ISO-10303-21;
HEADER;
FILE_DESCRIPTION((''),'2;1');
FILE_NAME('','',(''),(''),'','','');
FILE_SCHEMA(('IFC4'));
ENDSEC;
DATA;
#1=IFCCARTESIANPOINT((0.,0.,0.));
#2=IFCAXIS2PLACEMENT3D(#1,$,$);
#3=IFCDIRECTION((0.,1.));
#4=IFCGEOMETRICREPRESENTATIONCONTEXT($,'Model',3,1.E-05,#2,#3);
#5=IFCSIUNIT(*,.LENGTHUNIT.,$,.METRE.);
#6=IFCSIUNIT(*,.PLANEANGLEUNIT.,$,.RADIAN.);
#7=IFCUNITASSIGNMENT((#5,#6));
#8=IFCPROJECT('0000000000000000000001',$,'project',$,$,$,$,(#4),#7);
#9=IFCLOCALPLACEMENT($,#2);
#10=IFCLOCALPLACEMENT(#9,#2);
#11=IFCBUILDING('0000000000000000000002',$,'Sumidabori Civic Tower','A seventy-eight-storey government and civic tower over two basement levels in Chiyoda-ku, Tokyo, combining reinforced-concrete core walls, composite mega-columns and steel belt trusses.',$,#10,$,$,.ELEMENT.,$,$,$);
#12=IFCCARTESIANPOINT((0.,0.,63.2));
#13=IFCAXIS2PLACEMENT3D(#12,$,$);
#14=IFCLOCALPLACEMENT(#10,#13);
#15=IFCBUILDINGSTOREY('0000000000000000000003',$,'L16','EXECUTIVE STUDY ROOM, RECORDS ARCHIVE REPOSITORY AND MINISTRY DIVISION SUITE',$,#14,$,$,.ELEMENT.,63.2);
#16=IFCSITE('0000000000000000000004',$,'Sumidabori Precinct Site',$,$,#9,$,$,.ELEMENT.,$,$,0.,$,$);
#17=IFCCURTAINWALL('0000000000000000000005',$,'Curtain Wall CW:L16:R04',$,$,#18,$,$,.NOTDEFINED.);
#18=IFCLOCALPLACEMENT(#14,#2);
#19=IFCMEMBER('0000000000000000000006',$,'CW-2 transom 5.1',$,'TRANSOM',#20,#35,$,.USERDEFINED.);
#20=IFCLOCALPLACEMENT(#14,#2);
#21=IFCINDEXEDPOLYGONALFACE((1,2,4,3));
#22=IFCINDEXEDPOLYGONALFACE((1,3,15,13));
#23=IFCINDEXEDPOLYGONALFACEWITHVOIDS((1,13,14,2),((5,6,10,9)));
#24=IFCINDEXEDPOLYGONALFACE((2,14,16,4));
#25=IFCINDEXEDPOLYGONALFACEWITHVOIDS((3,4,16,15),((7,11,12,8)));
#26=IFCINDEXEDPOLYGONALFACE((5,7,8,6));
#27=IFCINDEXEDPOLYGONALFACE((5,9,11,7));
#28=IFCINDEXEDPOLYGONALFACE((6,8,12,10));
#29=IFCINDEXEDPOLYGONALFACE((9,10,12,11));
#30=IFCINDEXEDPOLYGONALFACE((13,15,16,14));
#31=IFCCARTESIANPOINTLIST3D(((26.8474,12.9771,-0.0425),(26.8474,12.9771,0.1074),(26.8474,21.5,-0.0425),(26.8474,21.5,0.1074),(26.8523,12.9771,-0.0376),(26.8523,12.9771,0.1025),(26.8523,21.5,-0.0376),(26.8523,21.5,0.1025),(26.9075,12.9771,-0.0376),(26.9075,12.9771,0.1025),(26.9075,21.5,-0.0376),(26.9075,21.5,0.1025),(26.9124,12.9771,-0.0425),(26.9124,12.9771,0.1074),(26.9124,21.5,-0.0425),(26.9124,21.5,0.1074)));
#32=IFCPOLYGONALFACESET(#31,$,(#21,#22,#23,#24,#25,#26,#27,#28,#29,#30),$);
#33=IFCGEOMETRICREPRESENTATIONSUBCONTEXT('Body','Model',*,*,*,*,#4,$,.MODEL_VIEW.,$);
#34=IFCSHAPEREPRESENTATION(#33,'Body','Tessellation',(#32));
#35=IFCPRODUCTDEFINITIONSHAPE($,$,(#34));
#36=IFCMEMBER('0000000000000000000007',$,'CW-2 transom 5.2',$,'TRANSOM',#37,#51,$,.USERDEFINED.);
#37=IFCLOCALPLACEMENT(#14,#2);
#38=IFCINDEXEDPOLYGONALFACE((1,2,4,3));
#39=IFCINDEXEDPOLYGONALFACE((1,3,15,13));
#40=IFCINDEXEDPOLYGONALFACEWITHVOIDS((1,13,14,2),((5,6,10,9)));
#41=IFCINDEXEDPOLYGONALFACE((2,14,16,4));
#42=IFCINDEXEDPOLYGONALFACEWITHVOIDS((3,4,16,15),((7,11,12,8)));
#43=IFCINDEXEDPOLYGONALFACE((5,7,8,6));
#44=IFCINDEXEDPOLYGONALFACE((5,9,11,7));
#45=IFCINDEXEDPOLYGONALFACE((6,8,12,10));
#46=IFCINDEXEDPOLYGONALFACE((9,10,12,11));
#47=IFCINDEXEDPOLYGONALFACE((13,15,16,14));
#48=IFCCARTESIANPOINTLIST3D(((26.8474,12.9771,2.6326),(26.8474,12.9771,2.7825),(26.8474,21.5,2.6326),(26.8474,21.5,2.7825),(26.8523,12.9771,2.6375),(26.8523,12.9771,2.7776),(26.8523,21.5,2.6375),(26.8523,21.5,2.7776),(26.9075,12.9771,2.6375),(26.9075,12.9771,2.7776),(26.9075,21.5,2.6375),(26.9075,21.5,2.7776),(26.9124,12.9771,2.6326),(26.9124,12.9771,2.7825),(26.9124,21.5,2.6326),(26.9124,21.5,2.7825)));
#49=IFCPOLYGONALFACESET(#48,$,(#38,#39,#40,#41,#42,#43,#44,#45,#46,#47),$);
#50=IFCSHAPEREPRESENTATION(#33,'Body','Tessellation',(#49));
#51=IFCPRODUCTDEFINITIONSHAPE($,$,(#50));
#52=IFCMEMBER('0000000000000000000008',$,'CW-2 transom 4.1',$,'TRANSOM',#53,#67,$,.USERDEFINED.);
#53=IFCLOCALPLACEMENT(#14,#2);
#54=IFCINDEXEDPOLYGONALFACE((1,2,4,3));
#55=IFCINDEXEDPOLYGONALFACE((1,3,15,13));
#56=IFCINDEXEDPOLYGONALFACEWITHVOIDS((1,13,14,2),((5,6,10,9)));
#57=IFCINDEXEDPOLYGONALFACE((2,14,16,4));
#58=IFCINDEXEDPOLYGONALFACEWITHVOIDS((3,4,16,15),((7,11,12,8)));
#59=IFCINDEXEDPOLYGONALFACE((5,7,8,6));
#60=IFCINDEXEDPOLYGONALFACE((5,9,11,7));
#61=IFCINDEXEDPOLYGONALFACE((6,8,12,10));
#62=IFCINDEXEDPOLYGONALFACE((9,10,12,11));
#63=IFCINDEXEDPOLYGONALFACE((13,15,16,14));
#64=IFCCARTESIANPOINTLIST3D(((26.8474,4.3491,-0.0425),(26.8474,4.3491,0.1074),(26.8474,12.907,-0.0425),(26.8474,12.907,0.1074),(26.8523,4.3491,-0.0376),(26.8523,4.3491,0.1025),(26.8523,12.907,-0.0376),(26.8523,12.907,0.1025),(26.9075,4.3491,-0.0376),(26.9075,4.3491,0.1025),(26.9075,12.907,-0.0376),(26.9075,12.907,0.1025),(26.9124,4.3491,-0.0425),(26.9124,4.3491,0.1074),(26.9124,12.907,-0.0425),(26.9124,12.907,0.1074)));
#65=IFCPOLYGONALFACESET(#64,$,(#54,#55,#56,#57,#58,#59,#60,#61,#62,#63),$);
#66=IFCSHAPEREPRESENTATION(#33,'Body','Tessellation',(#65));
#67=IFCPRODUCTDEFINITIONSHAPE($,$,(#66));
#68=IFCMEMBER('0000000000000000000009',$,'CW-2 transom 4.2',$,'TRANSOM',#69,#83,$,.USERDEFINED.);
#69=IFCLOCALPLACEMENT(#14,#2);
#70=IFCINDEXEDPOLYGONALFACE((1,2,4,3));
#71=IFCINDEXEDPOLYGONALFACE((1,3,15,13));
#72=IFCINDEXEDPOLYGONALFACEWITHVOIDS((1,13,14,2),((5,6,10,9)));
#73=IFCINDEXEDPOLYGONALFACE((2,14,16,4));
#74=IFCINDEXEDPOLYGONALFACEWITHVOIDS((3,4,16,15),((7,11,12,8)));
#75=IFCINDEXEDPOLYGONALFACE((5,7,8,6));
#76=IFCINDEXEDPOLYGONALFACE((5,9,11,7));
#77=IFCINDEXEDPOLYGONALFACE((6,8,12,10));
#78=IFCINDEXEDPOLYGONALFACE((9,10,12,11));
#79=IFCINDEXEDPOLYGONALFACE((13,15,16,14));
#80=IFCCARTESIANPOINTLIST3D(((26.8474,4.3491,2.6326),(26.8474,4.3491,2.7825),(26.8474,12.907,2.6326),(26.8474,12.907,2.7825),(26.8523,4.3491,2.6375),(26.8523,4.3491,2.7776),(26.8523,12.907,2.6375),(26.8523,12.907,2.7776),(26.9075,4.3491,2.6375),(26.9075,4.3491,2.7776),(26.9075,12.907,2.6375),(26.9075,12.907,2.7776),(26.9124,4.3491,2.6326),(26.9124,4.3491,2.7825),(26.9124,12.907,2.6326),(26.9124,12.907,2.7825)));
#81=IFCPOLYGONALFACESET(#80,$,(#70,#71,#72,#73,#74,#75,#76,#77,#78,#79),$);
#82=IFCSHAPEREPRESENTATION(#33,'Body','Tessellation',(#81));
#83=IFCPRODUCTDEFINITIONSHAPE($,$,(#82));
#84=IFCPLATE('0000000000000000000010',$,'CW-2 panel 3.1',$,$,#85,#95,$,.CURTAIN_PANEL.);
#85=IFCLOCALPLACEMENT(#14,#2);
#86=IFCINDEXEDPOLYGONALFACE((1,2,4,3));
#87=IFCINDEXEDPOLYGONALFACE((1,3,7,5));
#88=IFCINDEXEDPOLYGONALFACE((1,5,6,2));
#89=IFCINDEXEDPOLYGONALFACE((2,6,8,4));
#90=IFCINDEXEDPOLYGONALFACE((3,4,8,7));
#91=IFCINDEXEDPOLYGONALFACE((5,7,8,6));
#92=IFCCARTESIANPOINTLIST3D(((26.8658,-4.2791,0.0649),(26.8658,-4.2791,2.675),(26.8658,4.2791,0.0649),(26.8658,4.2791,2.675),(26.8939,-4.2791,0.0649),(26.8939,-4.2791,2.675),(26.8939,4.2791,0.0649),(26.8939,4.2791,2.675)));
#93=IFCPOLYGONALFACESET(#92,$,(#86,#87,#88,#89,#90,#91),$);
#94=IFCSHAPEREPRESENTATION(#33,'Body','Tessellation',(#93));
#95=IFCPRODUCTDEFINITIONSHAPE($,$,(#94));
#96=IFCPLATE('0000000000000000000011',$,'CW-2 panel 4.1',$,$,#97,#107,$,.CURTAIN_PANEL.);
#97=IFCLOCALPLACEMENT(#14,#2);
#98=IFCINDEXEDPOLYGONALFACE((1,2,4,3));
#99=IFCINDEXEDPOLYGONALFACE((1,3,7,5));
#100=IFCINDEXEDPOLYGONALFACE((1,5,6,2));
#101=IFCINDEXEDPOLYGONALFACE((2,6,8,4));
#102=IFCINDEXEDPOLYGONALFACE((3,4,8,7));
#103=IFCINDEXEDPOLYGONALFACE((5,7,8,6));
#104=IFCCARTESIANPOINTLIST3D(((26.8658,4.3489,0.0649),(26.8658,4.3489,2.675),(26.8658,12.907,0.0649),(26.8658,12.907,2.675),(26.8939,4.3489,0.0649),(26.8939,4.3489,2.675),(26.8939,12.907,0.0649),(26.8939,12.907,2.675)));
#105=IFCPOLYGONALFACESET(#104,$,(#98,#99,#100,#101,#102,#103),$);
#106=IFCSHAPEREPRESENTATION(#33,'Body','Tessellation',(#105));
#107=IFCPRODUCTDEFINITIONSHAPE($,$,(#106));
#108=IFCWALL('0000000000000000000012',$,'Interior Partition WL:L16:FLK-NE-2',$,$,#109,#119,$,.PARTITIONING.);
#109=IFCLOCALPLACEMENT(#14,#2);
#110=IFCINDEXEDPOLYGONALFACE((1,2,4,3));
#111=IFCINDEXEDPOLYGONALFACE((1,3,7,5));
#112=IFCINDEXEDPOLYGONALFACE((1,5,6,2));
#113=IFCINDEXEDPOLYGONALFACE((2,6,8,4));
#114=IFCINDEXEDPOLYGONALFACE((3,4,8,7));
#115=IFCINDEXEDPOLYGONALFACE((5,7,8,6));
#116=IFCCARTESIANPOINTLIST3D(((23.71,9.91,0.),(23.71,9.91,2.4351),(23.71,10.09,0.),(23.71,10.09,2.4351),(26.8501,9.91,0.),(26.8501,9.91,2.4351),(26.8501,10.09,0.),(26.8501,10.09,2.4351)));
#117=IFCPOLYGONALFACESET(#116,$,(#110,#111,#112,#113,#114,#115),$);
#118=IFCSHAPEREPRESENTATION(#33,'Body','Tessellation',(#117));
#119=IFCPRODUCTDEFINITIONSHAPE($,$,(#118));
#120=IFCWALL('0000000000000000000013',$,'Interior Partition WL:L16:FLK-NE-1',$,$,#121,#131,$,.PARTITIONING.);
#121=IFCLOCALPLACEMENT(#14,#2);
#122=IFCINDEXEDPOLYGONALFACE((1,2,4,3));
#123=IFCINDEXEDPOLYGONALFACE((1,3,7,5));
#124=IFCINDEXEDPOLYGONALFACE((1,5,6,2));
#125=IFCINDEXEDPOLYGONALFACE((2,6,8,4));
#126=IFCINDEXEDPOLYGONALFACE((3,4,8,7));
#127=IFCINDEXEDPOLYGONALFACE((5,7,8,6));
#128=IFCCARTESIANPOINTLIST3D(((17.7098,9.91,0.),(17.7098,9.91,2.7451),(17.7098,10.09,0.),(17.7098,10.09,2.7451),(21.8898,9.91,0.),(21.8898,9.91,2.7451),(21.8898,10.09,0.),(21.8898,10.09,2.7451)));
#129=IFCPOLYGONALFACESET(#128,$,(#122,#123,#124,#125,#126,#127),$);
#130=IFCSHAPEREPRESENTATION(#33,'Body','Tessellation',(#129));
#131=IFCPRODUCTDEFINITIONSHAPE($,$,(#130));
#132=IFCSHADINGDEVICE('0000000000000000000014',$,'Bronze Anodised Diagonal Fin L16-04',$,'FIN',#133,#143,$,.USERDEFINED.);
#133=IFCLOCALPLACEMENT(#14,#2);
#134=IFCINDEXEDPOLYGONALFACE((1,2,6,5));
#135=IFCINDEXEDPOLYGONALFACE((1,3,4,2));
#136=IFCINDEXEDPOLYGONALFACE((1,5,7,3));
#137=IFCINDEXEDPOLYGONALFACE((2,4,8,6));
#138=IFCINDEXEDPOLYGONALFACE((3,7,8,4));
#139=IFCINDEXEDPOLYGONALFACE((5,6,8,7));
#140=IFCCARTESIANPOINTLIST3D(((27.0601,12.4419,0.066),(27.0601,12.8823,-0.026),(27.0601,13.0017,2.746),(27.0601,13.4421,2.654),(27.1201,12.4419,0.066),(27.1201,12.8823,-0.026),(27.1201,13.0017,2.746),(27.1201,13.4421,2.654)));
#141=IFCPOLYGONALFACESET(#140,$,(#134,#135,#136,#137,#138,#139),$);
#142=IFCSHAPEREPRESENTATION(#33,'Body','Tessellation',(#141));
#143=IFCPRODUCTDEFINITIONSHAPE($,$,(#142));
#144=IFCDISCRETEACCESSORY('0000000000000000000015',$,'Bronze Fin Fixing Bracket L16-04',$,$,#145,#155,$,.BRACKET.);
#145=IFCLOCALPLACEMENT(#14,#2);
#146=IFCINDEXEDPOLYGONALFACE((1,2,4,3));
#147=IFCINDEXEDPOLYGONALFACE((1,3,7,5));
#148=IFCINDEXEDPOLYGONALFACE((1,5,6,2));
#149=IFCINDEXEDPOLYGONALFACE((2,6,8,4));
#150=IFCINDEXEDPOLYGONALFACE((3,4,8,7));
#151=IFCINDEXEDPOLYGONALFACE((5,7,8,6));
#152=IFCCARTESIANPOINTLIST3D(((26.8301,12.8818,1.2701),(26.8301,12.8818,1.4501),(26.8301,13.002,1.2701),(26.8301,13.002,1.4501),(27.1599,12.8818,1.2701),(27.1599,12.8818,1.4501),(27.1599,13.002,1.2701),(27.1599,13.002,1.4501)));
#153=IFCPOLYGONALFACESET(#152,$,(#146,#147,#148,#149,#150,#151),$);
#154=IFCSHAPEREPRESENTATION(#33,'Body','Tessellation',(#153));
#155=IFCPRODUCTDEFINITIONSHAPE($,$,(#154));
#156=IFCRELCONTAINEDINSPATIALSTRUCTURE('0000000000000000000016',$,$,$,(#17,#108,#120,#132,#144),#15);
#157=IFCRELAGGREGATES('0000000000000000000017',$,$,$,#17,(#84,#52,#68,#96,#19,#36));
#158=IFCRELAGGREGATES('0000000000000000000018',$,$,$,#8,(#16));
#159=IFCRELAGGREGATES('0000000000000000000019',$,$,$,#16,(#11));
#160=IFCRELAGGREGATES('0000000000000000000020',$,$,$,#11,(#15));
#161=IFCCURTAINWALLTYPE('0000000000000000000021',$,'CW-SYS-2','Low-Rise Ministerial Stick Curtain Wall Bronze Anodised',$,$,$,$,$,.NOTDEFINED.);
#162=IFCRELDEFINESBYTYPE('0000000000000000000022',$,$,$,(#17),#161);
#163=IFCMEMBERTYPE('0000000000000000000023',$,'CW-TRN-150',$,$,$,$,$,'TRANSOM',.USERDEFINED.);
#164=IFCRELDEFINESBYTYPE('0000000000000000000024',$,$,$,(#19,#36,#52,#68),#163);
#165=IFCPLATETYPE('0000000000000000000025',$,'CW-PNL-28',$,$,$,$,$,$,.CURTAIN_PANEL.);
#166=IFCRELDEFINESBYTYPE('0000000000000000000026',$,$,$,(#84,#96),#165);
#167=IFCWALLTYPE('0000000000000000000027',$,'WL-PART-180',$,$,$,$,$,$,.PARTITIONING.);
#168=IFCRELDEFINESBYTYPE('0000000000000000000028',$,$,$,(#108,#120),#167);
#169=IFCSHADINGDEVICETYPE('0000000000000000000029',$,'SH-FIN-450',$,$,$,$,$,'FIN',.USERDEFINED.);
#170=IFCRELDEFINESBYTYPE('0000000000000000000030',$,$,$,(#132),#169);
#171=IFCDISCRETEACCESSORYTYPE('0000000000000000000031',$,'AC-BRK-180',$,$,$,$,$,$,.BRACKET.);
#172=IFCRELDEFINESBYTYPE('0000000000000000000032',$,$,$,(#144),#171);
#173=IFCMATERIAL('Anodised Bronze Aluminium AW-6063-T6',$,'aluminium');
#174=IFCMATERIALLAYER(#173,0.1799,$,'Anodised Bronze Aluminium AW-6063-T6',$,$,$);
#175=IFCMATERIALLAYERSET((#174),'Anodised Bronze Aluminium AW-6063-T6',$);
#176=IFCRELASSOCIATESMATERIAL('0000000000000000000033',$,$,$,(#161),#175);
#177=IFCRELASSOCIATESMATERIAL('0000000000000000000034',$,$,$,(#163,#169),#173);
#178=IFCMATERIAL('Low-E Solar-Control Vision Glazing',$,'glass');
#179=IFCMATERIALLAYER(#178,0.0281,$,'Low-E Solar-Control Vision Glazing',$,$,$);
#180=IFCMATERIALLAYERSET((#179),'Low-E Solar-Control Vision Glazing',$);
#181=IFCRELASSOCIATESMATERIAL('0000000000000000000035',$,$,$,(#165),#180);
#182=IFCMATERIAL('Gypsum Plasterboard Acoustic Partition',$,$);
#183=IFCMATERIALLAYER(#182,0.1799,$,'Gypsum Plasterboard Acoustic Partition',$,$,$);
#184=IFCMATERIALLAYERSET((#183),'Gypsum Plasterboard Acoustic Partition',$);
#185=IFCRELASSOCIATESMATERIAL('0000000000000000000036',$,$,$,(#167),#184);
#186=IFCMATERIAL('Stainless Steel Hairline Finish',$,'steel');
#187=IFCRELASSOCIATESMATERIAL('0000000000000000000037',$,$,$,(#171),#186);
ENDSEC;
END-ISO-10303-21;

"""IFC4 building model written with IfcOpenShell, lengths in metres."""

from ifc_helpers import new_model, si_unit, direction, frame, frame_2d, origin, origin_2d, place, context, subcontext, project, spatial, rectangle, hollow_rectangle, extrude, source, transform, mapped, material, layer, layer_set, material_profile, profile_set, type_object, element, aggregate, save


model = new_model("IFC4")

# Units and contexts
model_context = context("Model", 3, precision=1e-05, world=origin(), true_north=direction((0.0, 1.0)))
body_context = subcontext(model_context, "Body", "Model", "MODEL_VIEW")
ifc_project = project(units=[si_unit("LENGTHUNIT", "METRE"), si_unit("PLANEANGLEUNIT", "RADIAN")], contexts=[model_context])

# Site, building, storey
site_placement = place(None, origin())
site = spatial("IfcSite", under=ifc_project, at=site_placement, Name="Sumidabori Precinct Site", CompositionType="ELEMENT", RefElevation=0.0)
building_placement = place(site_placement, origin())
building = spatial("IfcBuilding", under=site, at=building_placement, Name="Sumidabori Civic Tower", Description="A seventy-eight-storey government and civic tower over two basement levels in Chiyoda-ku, Tokyo, combining reinforced-concrete core walls, composite mega-columns and steel belt trusses.", CompositionType="ELEMENT")
storey_placement = place(building_placement, frame((0.0, 0.0, 63.2)))
storey = spatial("IfcBuildingStorey", under=building, at=storey_placement, Name="L16", Description="EXECUTIVE STUDY ROOM, RECORDS ARCHIVE REPOSITORY AND MINISTRY DIVISION SUITE", CompositionType="ELEMENT", Elevation=63.2)

# Curtain wall, members, plates
ifc_material_1 = material(Name="Anodised Bronze Aluminium AW-6063-T6", Category="aluminium")
ifc_layer_1 = layer(ifc_material_1, 0.1799, Name="Anodised Bronze Aluminium AW-6063-T6")
ifc_layer_set_1 = layer_set([ifc_layer_1], Name="Anodised Bronze Aluminium AW-6063-T6")
curtain_wall_type = type_object("IfcCurtainWallType", Name="CW-SYS-2", Description="Low-Rise Ministerial Stick Curtain Wall Bronze Anodised", PredefinedType="NOTDEFINED", material=ifc_layer_set_1)
curtain_wall_placement = place(storey_placement, origin())
curtain_wall = element("IfcCurtainWall", 1, at=curtain_wall_placement, inside=storey, type_object=curtain_wall_type, Name="Curtain Wall CW:L16:R04", PredefinedType="NOTDEFINED")
ifc_material_profile_1 = material_profile(ifc_material_1, hollow_rectangle(XDim=0.0649, YDim=0.1499, WallThickness=0.0049, at=origin_2d()), Name="ALU TRANSOM 150x65")
ifc_profile_set_1 = profile_set([ifc_material_profile_1], Name="Anodised Bronze Aluminium AW-6063-T6")
member_type_1 = type_object("IfcMemberType", Name="CW-TRN-150", ElementType="TRANSOM", PredefinedType="USERDEFINED", material=ifc_profile_set_1)
shared_shape_1 = source(origin(), body_context, "Body", "SweptSolid", [
    extrude(hollow_rectangle(XDim=0.0649, YDim=0.1499, WallThickness=0.0049, at=origin_2d()), origin(), (0.0, 0.0, 1.0), 8.5229),
])
member_1_placement = place(storey_placement, frame((26.8799, 12.9771, 0.0325), z_axis=(0.0, 1.0, 0.0), x_axis=(-1.0, 0.0, 0.0)))
member_1 = element("IfcMember", 2, at=member_1_placement, type_object=member_type_1, Name="CW-2 transom 5.1", ObjectType="TRANSOM", PredefinedType="USERDEFINED", context=body_context, shape_type="MappedRepresentation", body=[
    mapped(shared_shape_1, transform((0.0, 0.0, 0.0), x_axis=(1.0, 0.0, 0.0), y_axis=(0.0, 1.0, 0.0), z_axis=(0.0, 0.0, 1.0), scale=1.0)),
])
member_2_placement = place(storey_placement, frame((26.8799, 12.9771, 2.7075), z_axis=(0.0, 1.0, 0.0), x_axis=(-1.0, 0.0, 0.0)))
member_2 = element("IfcMember", 3, at=member_2_placement, type_object=member_type_1, Name="CW-2 transom 5.2", ObjectType="TRANSOM", PredefinedType="USERDEFINED", context=body_context, shape_type="MappedRepresentation", body=[
    mapped(shared_shape_1, transform((0.0, 0.0, 0.0), x_axis=(1.0, 0.0, 0.0), y_axis=(0.0, 1.0, 0.0), z_axis=(0.0, 0.0, 1.0), scale=1.0)),
])
shared_shape_2 = source(origin(), body_context, "Body", "SweptSolid", [
    extrude(hollow_rectangle(XDim=0.0649, YDim=0.1499, WallThickness=0.0049, at=origin_2d()), origin(), (0.0, 0.0, 1.0), 8.5579),
])
member_3_placement = place(storey_placement, frame((26.8799, 4.3491, 0.0325), z_axis=(0.0, 1.0, 0.0), x_axis=(-1.0, 0.0, 0.0)))
member_3 = element("IfcMember", 4, at=member_3_placement, type_object=member_type_1, Name="CW-2 transom 4.1", ObjectType="TRANSOM", PredefinedType="USERDEFINED", context=body_context, shape_type="MappedRepresentation", body=[
    mapped(shared_shape_2, transform((0.0, 0.0, 0.0), x_axis=(1.0, 0.0, 0.0), y_axis=(0.0, 1.0, 0.0), z_axis=(0.0, 0.0, 1.0), scale=1.0)),
])
member_4_placement = place(storey_placement, frame((26.8799, 4.3491, 2.7075), z_axis=(0.0, 1.0, 0.0), x_axis=(-1.0, 0.0, 0.0)))
member_4 = element("IfcMember", 5, at=member_4_placement, type_object=member_type_1, Name="CW-2 transom 4.2", ObjectType="TRANSOM", PredefinedType="USERDEFINED", context=body_context, shape_type="MappedRepresentation", body=[
    mapped(shared_shape_2, transform((0.0, 0.0, 0.0), x_axis=(1.0, 0.0, 0.0), y_axis=(0.0, 1.0, 0.0), z_axis=(0.0, 0.0, 1.0), scale=1.0)),
])
ifc_material_2 = material(Name="Low-E Solar-Control Vision Glazing", Category="glass")
ifc_layer_2 = layer(ifc_material_2, 0.0281, Name="Low-E Solar-Control Vision Glazing")
ifc_layer_set_2 = layer_set([ifc_layer_2], Name="Low-E Solar-Control Vision Glazing")
plate_type = type_object("IfcPlateType", Name="CW-PNL-28", PredefinedType="CURTAIN_PANEL", material=ifc_layer_set_2)
shared_shape_3 = source(origin(), body_context, "Body", "SweptSolid", [
    extrude(rectangle(XDim=8.5581, YDim=0.0281, at=origin_2d()), origin(), (0.0, 0.0, 1.0), 2.6101),
])
plate_1_placement = place(storey_placement, frame((26.8799, 0.0, 0.0649), z_axis=(0.0, 0.0, 1.0), x_axis=(0.0, 1.0, 0.0)))
plate_1 = element("IfcPlate", 6, at=plate_1_placement, type_object=plate_type, Name="CW-2 panel 3.1", PredefinedType="CURTAIN_PANEL", context=body_context, shape_type="MappedRepresentation", body=[
    mapped(shared_shape_3, transform((0.0, 0.0, 0.0), x_axis=(1.0, 0.0, 0.0), y_axis=(0.0, 1.0, 0.0), z_axis=(0.0, 0.0, 1.0), scale=1.0)),
])
plate_2_placement = place(storey_placement, frame((26.8799, 8.6279, 0.0649), z_axis=(0.0, 0.0, 1.0), x_axis=(0.0, 1.0, 0.0)))
plate_2 = element("IfcPlate", 7, at=plate_2_placement, type_object=plate_type, Name="CW-2 panel 4.1", PredefinedType="CURTAIN_PANEL", context=body_context, shape_type="MappedRepresentation", body=[
    mapped(shared_shape_3, transform((0.0, 0.0, 0.0), x_axis=(1.0, 0.0, 0.0), y_axis=(0.0, 1.0, 0.0), z_axis=(0.0, 0.0, 1.0), scale=1.0)),
])
aggregate(curtain_wall, [plate_1, member_3, member_4, plate_2, member_1, member_2])

# Walls
ifc_material_3 = material(Name="Gypsum Plasterboard Acoustic Partition")
ifc_layer_3 = layer(ifc_material_3, 0.1799, Name="Gypsum Plasterboard Acoustic Partition")
ifc_layer_set_3 = layer_set([ifc_layer_3], Name="Gypsum Plasterboard Acoustic Partition")
wall_type = type_object("IfcWallType", Name="WL-PART-180", PredefinedType="PARTITIONING", material=ifc_layer_set_3)
shared_shape_4 = source(origin(), body_context, "Body", "SweptSolid", [
    extrude(rectangle(XDim=3.1401, YDim=0.1799, at=frame_2d((1.5701, 0.0))), origin(), (0.0, 0.0, 1.0), 2.4351),
])
wall_1_placement = place(storey_placement, frame((23.71, 10.0, 0.0), z_axis=(0.0, 0.0, 1.0), x_axis=(1.0, 0.0, 0.0)))
element("IfcWall", 8, at=wall_1_placement, inside=storey, type_object=wall_type, Name="Interior Partition WL:L16:FLK-NE-2", PredefinedType="PARTITIONING", context=body_context, shape_type="MappedRepresentation", body=[
    mapped(shared_shape_4, transform((0.0, 0.0, 0.0), x_axis=(1.0, 0.0, 0.0), y_axis=(0.0, 1.0, 0.0), z_axis=(0.0, 0.0, 1.0), scale=1.0)),
])
shared_shape_5 = source(origin(), body_context, "Body", "SweptSolid", [
    extrude(rectangle(XDim=4.1799, YDim=0.1799, at=frame_2d((2.0898, 0.0))), origin(), (0.0, 0.0, 1.0), 2.7451),
])
wall_2_placement = place(storey_placement, frame((17.71, 10.0, 0.0), z_axis=(0.0, 0.0, 1.0), x_axis=(1.0, 0.0, 0.0)))
element("IfcWall", 9, at=wall_2_placement, inside=storey, type_object=wall_type, Name="Interior Partition WL:L16:FLK-NE-1", PredefinedType="PARTITIONING", context=body_context, shape_type="MappedRepresentation", body=[
    mapped(shared_shape_5, transform((0.0, 0.0, 0.0), x_axis=(1.0, 0.0, 0.0), y_axis=(0.0, 1.0, 0.0), z_axis=(0.0, 0.0, 1.0), scale=1.0)),
])

# Shading device
ifc_material_profile_2 = material_profile(ifc_material_1, rectangle(XDim=0.0601, YDim=0.45, at=origin_2d()), Name="BRONZE FIN 450x60")
ifc_profile_set_2 = profile_set([ifc_material_profile_2], Name="Anodised Bronze Aluminium AW-6063-T6")
shading_device_type = type_object("IfcShadingDeviceType", Name="SH-FIN-450", ElementType="FIN", PredefinedType="USERDEFINED", material=ifc_profile_set_2)
shared_shape_6 = source(origin(), body_context, "Body", "SweptSolid", [
    extrude(rectangle(XDim=0.0601, YDim=0.45, at=origin_2d()), origin(), (0.0, 0.0, 1.0), 2.7378),
])
shading_device_placement = place(storey_placement, frame((27.0901, 12.6621, 0.02), z_axis=(0.0, 0.204478, 0.978871), x_axis=(-1.0, 0.0, 0.0)))
element("IfcShadingDevice", 10, at=shading_device_placement, inside=storey, type_object=shading_device_type, Name="Bronze Anodised Diagonal Fin L16-04", ObjectType="FIN", PredefinedType="USERDEFINED", context=body_context, shape_type="MappedRepresentation", body=[
    mapped(shared_shape_6, transform((0.0, 0.0, 0.0), x_axis=(1.0, 0.0, 0.0), y_axis=(0.0, 1.0, 0.0), z_axis=(0.0, 0.0, 1.0), scale=1.0)),
])

# Discrete accessory
ifc_material_4 = material(Name="Stainless Steel Hairline Finish", Category="steel")
ifc_material_profile_3 = material_profile(ifc_material_4, rectangle(XDim=0.1201, YDim=0.1799, at=origin_2d()), Name="STEEL BRACKET 180x120")
ifc_profile_set_3 = profile_set([ifc_material_profile_3], Name="Stainless Steel Hairline Finish")
discrete_accessory_type = type_object("IfcDiscreteAccessoryType", Name="AC-BRK-180", PredefinedType="BRACKET", material=ifc_profile_set_3)
shared_shape_7 = source(origin(), body_context, "Body", "SweptSolid", [
    extrude(rectangle(XDim=0.1201, YDim=0.1799, at=origin_2d()), origin(), (0.0, 0.0, 1.0), 0.3298),
])
discrete_accessory_placement = place(storey_placement, frame((26.8301, 12.9419, 1.3601), z_axis=(1.0, 0.0, 0.0), x_axis=(0.0, 1.0, 0.0)))
element("IfcDiscreteAccessory", 11, at=discrete_accessory_placement, inside=storey, type_object=discrete_accessory_type, Name="Bronze Fin Fixing Bracket L16-04", PredefinedType="BRACKET", context=body_context, shape_type="MappedRepresentation", body=[
    mapped(shared_shape_7, transform((0.0, 0.0, 0.0), x_axis=(1.0, 0.0, 0.0), y_axis=(0.0, 1.0, 0.0), z_axis=(0.0, 0.0, 1.0), scale=1.0)),
])

save(model, "model.ifc")
